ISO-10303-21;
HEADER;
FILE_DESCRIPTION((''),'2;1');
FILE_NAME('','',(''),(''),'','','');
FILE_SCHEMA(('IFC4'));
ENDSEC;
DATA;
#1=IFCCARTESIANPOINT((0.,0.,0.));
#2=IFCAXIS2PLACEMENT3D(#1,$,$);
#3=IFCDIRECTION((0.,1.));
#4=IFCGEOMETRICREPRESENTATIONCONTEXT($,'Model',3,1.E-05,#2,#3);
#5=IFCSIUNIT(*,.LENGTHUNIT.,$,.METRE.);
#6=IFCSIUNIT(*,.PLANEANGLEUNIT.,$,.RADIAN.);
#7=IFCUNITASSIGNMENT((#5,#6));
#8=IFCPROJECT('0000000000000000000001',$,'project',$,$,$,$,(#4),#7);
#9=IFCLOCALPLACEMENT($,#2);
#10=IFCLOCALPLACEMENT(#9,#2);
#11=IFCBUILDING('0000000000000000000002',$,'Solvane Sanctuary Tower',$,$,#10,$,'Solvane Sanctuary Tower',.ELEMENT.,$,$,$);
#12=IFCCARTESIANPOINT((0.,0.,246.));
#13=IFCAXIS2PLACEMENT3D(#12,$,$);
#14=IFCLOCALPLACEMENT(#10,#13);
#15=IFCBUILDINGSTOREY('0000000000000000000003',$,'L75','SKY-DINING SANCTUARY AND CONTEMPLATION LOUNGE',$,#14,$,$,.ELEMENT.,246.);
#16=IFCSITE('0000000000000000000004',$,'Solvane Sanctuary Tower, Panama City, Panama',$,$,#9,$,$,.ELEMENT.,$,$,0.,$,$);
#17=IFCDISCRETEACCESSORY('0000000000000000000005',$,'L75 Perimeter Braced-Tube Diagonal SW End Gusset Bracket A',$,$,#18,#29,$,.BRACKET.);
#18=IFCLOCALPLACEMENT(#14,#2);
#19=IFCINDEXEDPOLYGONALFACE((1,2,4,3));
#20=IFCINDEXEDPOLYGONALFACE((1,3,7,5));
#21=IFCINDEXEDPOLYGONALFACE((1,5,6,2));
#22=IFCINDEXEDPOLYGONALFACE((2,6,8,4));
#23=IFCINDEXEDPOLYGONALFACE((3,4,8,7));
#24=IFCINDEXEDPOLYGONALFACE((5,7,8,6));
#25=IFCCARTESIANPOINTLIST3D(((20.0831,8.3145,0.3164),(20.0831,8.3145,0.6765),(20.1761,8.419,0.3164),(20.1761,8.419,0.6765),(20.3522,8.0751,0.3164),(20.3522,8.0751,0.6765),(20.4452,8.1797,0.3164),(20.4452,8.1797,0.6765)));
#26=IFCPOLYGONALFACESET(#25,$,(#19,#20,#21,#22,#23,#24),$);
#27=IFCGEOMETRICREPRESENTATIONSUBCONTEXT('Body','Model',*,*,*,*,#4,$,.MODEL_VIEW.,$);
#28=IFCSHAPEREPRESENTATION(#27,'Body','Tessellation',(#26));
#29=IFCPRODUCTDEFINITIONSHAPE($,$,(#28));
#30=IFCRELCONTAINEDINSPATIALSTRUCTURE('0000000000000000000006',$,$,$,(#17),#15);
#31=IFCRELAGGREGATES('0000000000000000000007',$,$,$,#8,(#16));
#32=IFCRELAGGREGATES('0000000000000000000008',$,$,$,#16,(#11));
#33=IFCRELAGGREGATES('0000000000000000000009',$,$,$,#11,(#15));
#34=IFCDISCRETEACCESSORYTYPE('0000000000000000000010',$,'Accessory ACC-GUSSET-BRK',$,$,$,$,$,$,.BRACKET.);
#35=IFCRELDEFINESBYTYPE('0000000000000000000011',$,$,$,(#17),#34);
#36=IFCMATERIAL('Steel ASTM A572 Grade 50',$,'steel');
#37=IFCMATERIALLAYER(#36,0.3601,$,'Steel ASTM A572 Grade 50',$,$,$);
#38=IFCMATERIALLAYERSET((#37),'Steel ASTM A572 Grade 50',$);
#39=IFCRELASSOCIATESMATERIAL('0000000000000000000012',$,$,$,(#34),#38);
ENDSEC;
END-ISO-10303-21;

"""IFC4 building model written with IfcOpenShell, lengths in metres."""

from ifc_helpers import new_model, si_unit, direction, frame, origin, origin_2d, place, context, subcontext, project, spatial, rectangle, extrude, material, layer, layer_set, type_object, element, save


model = new_model("IFC4")

# Units and contexts
model_context = context("Model", 3, precision=1e-05, world=origin(), true_north=direction((0.0, 1.0)))
body_context = subcontext(model_context, "Body", "Model", "MODEL_VIEW")
ifc_project = project(units=[si_unit("LENGTHUNIT", "METRE"), si_unit("PLANEANGLEUNIT", "RADIAN")], contexts=[model_context])

# Site, building, storey
site_placement = place(None, origin())
site = spatial("IfcSite", under=ifc_project, at=site_placement, Name="Solvane Sanctuary Tower, Panama City, Panama", CompositionType="ELEMENT", RefElevation=0.0)
building_placement = place(site_placement, origin())
building = spatial("IfcBuilding", under=site, at=building_placement, Name="Solvane Sanctuary Tower", LongName="Solvane Sanctuary Tower", CompositionType="ELEMENT")
storey_placement = place(building_placement, frame((0.0, 0.0, 246.0)))
storey = spatial("IfcBuildingStorey", under=building, at=storey_placement, Name="L75", Description="SKY-DINING SANCTUARY AND CONTEMPLATION LOUNGE", CompositionType="ELEMENT", Elevation=246.0)

# Discrete accessory
ifc_material_1 = material(Name="Steel ASTM A572 Grade 50", Category="steel")
ifc_layer_1 = layer(ifc_material_1, 0.3601, Name="Steel ASTM A572 Grade 50")
ifc_layer_set_1 = layer_set([ifc_layer_1], Name="Steel ASTM A572 Grade 50")
discrete_accessory_type = type_object("IfcDiscreteAccessoryType", Name="Accessory ACC-GUSSET-BRK", PredefinedType="BRACKET", material=ifc_layer_set_1)
discrete_accessory_placement = place(storey_placement, frame((20.2642, 8.2471, 0.3164), z_axis=(0.0, 0.0, 1.0), x_axis=(-0.747218, 0.664579, 0.0)))
element("IfcDiscreteAccessory", 1, at=discrete_accessory_placement, inside=storey, type_object=discrete_accessory_type, Name="L75 Perimeter Braced-Tube Diagonal SW End Gusset Bracket A", PredefinedType="BRACKET", context=body_context, shape_type="SweptSolid", body=[
    extrude(rectangle(XDim=0.3601, YDim=0.1399, at=origin_2d()), origin(), (0.0, 0.0, 1.0), 0.3601),
])

save(model, "model.ifc")
